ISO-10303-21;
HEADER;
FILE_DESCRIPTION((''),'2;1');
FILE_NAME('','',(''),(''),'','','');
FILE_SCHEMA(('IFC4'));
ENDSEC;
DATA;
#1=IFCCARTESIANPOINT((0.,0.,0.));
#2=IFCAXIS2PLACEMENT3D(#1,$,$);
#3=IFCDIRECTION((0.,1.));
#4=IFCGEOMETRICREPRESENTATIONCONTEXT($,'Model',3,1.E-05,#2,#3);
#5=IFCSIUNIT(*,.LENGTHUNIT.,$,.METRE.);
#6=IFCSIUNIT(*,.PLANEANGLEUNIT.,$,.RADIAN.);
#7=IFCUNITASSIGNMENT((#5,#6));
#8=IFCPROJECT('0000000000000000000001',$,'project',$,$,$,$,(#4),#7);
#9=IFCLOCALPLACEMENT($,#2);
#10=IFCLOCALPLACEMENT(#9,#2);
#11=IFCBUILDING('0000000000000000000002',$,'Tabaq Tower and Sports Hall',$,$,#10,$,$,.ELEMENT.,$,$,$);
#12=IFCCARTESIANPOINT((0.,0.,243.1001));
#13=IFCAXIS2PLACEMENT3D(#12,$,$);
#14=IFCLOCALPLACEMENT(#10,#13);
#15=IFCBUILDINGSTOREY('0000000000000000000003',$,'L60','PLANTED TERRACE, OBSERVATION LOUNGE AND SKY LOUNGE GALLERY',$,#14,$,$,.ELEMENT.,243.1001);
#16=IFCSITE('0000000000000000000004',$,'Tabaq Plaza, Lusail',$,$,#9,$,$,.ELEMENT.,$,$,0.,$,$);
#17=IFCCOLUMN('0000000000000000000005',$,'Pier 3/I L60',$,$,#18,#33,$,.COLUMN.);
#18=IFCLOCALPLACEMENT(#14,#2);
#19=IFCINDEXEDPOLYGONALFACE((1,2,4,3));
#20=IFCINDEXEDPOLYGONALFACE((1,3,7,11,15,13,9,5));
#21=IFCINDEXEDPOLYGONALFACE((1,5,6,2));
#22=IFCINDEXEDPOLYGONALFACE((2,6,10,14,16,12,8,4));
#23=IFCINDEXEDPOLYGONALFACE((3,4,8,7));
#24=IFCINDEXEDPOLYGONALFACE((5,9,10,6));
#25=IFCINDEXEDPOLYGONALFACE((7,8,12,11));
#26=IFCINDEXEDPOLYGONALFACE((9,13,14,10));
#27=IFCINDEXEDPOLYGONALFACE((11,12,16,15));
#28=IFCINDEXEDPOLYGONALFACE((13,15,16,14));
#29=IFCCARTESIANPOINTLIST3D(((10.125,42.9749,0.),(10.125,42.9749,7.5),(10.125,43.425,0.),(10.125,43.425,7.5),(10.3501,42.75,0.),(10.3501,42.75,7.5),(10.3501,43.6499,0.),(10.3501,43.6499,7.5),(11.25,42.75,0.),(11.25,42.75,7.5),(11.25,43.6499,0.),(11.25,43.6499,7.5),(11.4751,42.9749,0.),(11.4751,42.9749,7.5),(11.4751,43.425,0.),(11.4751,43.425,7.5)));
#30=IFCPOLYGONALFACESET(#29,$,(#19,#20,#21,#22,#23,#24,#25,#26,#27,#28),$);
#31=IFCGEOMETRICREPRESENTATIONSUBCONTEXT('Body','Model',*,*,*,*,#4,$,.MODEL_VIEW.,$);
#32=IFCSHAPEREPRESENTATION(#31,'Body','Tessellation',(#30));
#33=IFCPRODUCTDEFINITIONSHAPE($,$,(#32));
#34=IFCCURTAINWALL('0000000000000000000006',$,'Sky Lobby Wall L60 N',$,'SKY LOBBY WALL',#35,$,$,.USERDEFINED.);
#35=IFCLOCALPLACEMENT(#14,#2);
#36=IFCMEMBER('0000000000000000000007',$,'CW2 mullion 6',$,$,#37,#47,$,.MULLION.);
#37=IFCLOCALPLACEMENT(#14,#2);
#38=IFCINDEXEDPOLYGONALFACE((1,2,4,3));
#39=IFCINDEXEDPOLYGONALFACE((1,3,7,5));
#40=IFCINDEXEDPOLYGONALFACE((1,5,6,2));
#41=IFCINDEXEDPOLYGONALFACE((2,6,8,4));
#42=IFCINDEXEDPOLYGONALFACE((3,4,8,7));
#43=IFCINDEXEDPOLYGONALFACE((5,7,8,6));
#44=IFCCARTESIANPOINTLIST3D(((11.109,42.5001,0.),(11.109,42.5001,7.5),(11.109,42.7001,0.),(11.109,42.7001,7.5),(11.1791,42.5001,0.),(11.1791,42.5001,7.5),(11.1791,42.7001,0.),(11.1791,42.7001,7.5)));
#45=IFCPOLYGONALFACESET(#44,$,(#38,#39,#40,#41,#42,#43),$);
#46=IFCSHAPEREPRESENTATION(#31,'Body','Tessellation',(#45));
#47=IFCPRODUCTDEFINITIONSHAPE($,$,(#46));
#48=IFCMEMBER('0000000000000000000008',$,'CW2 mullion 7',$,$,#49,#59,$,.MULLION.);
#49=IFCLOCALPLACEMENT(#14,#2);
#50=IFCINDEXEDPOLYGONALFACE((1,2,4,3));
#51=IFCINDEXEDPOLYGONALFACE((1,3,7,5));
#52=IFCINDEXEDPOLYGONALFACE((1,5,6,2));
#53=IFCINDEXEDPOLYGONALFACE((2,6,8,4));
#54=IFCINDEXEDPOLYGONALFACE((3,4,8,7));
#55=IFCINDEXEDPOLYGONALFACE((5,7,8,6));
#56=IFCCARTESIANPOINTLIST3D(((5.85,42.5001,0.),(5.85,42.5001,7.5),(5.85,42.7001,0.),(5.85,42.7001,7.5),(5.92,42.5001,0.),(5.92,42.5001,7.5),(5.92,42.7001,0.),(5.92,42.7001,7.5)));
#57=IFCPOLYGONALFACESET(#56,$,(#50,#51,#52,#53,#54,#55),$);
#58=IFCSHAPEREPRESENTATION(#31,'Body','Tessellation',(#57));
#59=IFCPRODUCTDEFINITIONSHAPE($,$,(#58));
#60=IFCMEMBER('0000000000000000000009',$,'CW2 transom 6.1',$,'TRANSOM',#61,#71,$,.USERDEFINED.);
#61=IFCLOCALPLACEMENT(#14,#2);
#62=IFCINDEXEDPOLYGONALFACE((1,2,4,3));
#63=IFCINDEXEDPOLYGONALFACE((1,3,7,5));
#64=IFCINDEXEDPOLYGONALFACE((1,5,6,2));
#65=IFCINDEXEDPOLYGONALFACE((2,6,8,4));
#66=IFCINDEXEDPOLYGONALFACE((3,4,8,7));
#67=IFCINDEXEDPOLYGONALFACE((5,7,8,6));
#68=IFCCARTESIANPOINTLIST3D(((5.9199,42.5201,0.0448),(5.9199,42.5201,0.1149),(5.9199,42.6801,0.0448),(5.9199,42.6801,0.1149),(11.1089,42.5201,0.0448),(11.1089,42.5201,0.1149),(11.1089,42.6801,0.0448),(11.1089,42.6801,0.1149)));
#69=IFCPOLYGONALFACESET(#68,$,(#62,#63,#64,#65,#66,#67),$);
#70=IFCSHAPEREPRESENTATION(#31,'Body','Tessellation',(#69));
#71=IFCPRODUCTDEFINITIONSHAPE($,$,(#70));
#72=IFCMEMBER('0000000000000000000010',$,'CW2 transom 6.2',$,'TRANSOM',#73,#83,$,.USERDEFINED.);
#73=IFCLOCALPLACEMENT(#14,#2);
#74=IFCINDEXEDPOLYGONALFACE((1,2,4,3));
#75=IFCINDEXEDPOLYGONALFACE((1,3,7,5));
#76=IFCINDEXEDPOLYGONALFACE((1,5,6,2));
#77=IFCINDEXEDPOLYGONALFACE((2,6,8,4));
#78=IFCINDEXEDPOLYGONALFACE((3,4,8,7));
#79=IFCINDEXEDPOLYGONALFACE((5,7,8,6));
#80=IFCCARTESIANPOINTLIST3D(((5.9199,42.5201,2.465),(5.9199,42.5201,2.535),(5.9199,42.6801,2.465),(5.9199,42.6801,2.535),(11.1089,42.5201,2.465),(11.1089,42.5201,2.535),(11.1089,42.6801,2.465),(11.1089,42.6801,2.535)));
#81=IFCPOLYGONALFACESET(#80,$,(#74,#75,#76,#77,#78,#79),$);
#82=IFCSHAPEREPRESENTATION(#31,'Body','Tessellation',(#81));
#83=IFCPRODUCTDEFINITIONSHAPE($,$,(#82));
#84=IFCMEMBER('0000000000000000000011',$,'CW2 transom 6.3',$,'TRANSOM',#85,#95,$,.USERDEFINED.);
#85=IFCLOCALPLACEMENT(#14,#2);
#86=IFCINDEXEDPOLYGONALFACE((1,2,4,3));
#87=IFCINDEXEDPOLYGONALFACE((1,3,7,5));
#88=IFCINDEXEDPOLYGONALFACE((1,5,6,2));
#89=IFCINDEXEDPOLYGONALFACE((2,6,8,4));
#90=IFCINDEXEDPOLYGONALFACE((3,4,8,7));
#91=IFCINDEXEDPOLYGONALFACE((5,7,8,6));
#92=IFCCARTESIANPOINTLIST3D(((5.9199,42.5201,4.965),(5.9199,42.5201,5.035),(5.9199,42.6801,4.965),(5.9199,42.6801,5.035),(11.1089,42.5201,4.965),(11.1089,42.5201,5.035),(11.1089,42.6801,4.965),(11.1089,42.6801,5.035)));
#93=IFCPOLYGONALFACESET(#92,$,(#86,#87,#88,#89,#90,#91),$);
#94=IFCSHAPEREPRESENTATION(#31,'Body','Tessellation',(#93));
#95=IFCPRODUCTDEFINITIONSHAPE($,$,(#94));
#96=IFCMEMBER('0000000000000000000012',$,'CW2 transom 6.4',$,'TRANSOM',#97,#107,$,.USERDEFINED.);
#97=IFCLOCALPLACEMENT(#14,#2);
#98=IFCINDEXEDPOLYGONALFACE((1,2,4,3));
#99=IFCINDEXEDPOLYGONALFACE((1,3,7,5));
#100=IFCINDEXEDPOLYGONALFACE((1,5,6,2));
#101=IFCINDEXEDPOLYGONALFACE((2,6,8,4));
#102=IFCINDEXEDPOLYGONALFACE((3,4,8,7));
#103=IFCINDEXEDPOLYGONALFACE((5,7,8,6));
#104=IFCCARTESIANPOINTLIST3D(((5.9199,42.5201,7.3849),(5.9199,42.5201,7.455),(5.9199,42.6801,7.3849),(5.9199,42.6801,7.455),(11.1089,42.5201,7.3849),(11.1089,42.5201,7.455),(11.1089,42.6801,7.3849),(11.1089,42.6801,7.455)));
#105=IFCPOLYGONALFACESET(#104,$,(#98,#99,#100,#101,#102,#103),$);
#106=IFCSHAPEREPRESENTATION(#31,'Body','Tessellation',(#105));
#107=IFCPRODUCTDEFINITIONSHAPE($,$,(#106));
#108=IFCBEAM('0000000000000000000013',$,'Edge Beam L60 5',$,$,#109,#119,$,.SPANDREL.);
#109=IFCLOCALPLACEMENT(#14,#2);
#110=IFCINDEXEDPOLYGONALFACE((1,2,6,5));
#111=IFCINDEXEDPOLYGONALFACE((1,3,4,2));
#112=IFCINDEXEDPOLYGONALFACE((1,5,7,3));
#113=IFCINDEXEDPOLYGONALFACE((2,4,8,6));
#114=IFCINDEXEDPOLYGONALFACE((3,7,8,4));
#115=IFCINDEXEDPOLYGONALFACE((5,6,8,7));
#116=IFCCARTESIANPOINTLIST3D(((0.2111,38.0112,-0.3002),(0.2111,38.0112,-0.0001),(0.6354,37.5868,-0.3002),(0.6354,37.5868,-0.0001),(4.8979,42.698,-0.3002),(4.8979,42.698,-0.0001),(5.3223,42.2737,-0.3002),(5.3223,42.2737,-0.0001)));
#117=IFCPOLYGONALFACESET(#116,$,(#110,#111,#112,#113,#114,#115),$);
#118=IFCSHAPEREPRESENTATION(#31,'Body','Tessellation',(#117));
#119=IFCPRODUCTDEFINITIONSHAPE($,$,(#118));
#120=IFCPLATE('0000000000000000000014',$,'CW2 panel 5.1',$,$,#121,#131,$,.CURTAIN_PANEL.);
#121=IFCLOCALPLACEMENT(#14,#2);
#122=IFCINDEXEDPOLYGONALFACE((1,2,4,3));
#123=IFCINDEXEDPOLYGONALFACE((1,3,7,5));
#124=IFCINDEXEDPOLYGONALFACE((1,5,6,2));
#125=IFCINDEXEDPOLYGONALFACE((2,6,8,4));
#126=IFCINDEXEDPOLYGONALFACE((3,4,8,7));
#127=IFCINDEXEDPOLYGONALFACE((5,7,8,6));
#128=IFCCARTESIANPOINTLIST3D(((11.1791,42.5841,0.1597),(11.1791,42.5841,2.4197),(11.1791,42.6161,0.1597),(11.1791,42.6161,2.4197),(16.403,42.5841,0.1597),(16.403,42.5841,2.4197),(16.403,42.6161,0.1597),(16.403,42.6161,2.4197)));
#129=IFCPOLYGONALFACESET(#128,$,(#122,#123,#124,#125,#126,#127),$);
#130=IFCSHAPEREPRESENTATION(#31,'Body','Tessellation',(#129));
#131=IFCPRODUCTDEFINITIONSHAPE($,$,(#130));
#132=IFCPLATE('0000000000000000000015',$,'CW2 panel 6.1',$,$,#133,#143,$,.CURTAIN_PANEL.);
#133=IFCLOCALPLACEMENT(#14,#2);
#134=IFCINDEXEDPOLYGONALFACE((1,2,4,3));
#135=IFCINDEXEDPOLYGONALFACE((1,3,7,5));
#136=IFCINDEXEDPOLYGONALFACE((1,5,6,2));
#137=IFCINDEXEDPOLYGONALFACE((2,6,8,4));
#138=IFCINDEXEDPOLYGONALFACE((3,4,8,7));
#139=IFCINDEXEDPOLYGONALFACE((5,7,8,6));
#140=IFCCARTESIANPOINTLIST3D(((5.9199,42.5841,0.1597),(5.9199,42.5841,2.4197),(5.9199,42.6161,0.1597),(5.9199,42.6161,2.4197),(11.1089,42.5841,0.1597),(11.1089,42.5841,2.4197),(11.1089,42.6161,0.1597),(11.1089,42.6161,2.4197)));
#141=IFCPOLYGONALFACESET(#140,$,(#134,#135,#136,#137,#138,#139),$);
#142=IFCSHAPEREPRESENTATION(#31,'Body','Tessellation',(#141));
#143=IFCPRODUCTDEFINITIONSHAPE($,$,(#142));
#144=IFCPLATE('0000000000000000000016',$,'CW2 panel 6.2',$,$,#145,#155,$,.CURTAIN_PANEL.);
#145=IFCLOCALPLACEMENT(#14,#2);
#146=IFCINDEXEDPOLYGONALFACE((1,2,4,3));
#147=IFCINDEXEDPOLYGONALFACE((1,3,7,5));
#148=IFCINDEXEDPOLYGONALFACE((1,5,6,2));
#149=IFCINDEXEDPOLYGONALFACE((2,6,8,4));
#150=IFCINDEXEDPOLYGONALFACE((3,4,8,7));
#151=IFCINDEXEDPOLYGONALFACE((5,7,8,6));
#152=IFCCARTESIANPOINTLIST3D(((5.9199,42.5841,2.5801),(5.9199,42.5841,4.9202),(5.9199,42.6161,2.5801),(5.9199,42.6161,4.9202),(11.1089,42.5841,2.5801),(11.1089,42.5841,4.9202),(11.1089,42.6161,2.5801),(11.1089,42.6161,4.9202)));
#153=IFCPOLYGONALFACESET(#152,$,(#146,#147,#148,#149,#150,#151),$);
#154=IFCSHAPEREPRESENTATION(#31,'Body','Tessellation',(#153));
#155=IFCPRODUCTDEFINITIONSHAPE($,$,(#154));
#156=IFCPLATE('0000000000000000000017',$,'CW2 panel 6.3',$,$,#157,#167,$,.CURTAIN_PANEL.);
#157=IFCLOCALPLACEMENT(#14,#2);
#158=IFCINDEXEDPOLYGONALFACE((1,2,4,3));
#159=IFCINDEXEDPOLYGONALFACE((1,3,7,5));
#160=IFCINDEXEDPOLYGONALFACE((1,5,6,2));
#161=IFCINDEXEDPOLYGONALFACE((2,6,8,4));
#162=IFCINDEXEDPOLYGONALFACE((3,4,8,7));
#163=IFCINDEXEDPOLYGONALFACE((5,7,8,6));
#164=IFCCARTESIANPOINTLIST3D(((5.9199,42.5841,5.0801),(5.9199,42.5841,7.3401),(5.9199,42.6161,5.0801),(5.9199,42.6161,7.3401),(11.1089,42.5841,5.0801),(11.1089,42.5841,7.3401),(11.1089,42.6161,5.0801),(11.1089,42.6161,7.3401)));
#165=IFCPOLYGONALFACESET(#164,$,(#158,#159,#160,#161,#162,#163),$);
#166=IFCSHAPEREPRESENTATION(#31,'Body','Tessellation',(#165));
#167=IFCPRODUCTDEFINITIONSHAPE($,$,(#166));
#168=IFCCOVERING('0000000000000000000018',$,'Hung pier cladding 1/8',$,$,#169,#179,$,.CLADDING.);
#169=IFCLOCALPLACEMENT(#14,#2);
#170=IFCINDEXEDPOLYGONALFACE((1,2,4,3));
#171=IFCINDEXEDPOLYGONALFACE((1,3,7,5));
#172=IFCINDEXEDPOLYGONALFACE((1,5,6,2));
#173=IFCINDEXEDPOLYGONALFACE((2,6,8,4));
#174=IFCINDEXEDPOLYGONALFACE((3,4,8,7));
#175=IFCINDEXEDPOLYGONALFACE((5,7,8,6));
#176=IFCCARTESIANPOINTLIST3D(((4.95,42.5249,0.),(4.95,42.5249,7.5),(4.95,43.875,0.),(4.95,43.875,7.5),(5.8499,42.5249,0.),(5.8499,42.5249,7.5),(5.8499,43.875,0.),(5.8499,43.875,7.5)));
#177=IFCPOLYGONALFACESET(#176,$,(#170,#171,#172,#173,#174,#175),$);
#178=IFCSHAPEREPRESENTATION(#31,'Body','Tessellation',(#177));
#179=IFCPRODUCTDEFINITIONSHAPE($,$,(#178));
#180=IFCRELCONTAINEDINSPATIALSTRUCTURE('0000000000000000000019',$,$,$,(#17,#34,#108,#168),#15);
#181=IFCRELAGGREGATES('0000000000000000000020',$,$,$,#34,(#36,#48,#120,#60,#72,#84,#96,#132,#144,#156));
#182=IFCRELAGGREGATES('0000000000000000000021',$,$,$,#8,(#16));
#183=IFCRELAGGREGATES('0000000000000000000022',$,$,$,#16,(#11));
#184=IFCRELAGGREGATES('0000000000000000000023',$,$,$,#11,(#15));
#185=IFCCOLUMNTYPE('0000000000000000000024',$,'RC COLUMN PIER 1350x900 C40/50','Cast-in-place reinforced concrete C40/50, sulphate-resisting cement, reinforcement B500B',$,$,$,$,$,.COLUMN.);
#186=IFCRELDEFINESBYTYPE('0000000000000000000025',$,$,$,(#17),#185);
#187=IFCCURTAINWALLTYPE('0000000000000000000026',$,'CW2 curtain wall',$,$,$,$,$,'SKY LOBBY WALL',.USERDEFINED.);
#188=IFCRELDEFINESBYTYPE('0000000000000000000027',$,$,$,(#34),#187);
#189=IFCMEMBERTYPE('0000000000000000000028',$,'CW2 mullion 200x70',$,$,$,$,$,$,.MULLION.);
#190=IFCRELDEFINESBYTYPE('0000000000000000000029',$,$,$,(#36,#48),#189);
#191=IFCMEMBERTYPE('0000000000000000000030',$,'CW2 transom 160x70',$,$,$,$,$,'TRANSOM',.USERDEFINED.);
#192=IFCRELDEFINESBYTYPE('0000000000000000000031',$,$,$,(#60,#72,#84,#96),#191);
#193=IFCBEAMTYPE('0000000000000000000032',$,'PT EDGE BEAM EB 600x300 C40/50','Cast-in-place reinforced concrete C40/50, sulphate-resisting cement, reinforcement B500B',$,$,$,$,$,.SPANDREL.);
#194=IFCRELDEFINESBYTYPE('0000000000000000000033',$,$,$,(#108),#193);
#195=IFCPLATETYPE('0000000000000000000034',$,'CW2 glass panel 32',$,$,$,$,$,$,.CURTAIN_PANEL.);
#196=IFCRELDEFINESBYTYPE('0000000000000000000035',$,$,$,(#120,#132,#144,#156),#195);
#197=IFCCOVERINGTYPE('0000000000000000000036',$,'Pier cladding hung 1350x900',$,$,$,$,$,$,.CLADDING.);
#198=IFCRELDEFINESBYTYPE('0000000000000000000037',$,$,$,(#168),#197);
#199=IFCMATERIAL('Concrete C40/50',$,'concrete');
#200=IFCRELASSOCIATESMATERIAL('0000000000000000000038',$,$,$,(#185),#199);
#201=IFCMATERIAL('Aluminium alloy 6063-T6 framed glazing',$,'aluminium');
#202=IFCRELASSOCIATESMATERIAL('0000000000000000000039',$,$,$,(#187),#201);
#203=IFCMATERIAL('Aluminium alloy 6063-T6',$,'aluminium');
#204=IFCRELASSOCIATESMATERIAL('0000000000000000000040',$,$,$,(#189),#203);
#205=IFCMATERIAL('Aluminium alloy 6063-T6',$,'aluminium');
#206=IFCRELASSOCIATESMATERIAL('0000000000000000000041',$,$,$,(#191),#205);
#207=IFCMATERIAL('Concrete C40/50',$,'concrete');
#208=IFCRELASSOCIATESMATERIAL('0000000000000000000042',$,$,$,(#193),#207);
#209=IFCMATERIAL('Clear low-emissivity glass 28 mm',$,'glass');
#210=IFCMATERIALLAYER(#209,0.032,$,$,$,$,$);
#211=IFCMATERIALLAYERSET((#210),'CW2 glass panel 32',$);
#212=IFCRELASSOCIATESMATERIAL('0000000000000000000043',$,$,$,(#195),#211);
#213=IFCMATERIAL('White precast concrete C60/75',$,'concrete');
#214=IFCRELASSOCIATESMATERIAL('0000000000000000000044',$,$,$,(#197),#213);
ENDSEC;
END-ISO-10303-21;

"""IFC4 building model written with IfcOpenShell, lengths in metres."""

from ifc_helpers import new_model, si_unit, direction, frame, frame_2d, origin, origin_2d, place, context, subcontext, project, spatial, polyline, rectangle, outline, extrude, material, layer, layer_set, material_profile, profile_set, type_object, element, aggregate, save


model = new_model("IFC4")

# Units and contexts
model_context = context("Model", 3, precision=1e-05, world=origin(), true_north=direction((0.0, 1.0)))
body_context = subcontext(model_context, "Body", "Model", "MODEL_VIEW")
ifc_project = project(units=[si_unit("LENGTHUNIT", "METRE"), si_unit("PLANEANGLEUNIT", "RADIAN")], contexts=[model_context])

# Site, building, storey
site_placement = place(None, origin())
site = spatial("IfcSite", under=ifc_project, at=site_placement, Name="Tabaq Plaza, Lusail", CompositionType="ELEMENT", RefElevation=0.0)
building_placement = place(site_placement, origin())
building = spatial("IfcBuilding", under=site, at=building_placement, Name="Tabaq Tower and Sports Hall", CompositionType="ELEMENT")
storey_placement = place(building_placement, frame((0.0, 0.0, 243.1001)))
storey = spatial("IfcBuildingStorey", under=building, at=storey_placement, Name="L60", Description="PLANTED TERRACE, OBSERVATION LOUNGE AND SKY LOUNGE GALLERY", CompositionType="ELEMENT", Elevation=243.1001)

# Column
ifc_material_1 = material(Name="Concrete C40/50", Category="concrete")
ifc_material_profile_1 = material_profile(ifc_material_1, outline(polyline([(-0.45, -0.45), (0.45, -0.45), (0.675, -0.2251), (0.675, 0.2251), (0.45, 0.45), (-0.45, 0.45), (-0.675, 0.2251), (-0.675, -0.2251), (-0.45, -0.45)])), Name="PIER 1350x900")
ifc_profile_set_1 = profile_set([ifc_material_profile_1], Name="Concrete C40/50")
column_type = type_object("IfcColumnType", Name="RC COLUMN PIER 1350x900 C40/50", Description="Cast-in-place reinforced concrete C40/50, sulphate-resisting cement, reinforcement B500B", PredefinedType="COLUMN", material=ifc_profile_set_1)
column_placement = place(storey_placement, frame((10.8, 43.2, 0.0), z_axis=(0.0, 0.0, 1.0), x_axis=(1.0, 0.0, 0.0)))
element("IfcColumn", 1, at=column_placement, inside=storey, type_object=column_type, Name="Pier 3/I L60", PredefinedType="COLUMN", context=body_context, shape_type="SweptSolid", body=[
    extrude(outline(polyline([(-0.45, -0.45), (0.45, -0.45), (0.675, -0.2251), (0.675, 0.2251), (0.45, 0.45), (-0.45, 0.45), (-0.675, 0.2251), (-0.675, -0.2251), (-0.45, -0.45)])), origin(), (0.0, 0.0, 1.0), 7.5),
])

# Curtain wall, members
ifc_material_2 = material(Name="Aluminium alloy 6063-T6 framed glazing", Category="aluminium")
curtain_wall_type = type_object("IfcCurtainWallType", Name="CW2 curtain wall", ElementType="SKY LOBBY WALL", PredefinedType="USERDEFINED", material=ifc_material_2)
curtain_wall_placement = place(storey_placement, origin())
curtain_wall = element("IfcCurtainWall", 2, at=curtain_wall_placement, inside=storey, type_object=curtain_wall_type, Name="Sky Lobby Wall L60 N", ObjectType="SKY LOBBY WALL", PredefinedType="USERDEFINED")
ifc_material_3 = material(Name="Aluminium alloy 6063-T6", Category="aluminium")
ifc_material_profile_2 = material_profile(ifc_material_3, rectangle(XDim=0.2, YDim=0.0701, at=origin_2d()), Name="MULLION 200x70")
ifc_profile_set_2 = profile_set([ifc_material_profile_2], Name="Aluminium alloy 6063-T6")
member_type_1 = type_object("IfcMemberType", Name="CW2 mullion 200x70", PredefinedType="MULLION", material=ifc_profile_set_2)
member_1_placement = place(storey_placement, frame((11.144, 42.6001, 0.0), z_axis=(0.0, 0.0, 1.0), x_axis=(0.0, -1.0, 0.0)))
member_1 = element("IfcMember", 3, at=member_1_placement, type_object=member_type_1, Name="CW2 mullion 6", PredefinedType="MULLION", context=body_context, shape_type="SweptSolid", body=[
    extrude(rectangle(XDim=0.2, YDim=0.0701, at=origin_2d()), origin(), (0.0, 0.0, 1.0), 7.5),
])
member_2_placement = place(storey_placement, frame((5.885, 42.6001, 0.0), z_axis=(0.0, 0.0, 1.0), x_axis=(0.0, -1.0, 0.0)))
member_2 = element("IfcMember", 4, at=member_2_placement, type_object=member_type_1, Name="CW2 mullion 7", PredefinedType="MULLION", context=body_context, shape_type="SweptSolid", body=[
    extrude(rectangle(XDim=0.2, YDim=0.0701, at=origin_2d()), origin(), (0.0, 0.0, 1.0), 7.5),
])
ifc_material_4 = material(Name="Aluminium alloy 6063-T6", Category="aluminium")
ifc_material_profile_3 = material_profile(ifc_material_4, rectangle(XDim=0.1599, YDim=0.0701, at=origin_2d()), Name="TRANSOM 160x70")
ifc_profile_set_3 = profile_set([ifc_material_profile_3], Name="Aluminium alloy 6063-T6")
member_type_2 = type_object("IfcMemberType", Name="CW2 transom 160x70", ElementType="TRANSOM", PredefinedType="USERDEFINED", material=ifc_profile_set_3)
member_3_placement = place(storey_placement, frame((11.1089, 42.6001, 0.0798), z_axis=(-1.0, 0.0, 0.0), x_axis=(0.0, -1.0, 0.0)))
member_3 = element("IfcMember", 5, at=member_3_placement, type_object=member_type_2, Name="CW2 transom 6.1", ObjectType="TRANSOM", PredefinedType="USERDEFINED", context=body_context, shape_type="SweptSolid", body=[
    extrude(rectangle(XDim=0.1599, YDim=0.0701, at=origin_2d()), origin(), (0.0, 0.0, 1.0), 5.189),
])
member_4_placement = place(storey_placement, frame((11.1089, 42.6001, 2.5), z_axis=(-1.0, 0.0, 0.0), x_axis=(0.0, -1.0, 0.0)))
member_4 = element("IfcMember", 6, at=member_4_placement, type_object=member_type_2, Name="CW2 transom 6.2", ObjectType="TRANSOM", PredefinedType="USERDEFINED", context=body_context, shape_type="SweptSolid", body=[
    extrude(rectangle(XDim=0.1599, YDim=0.0701, at=origin_2d()), origin(), (0.0, 0.0, 1.0), 5.189),
])
member_5_placement = place(storey_placement, frame((11.1089, 42.6001, 5.0), z_axis=(-1.0, 0.0, 0.0), x_axis=(0.0, -1.0, 0.0)))
member_5 = element("IfcMember", 7, at=member_5_placement, type_object=member_type_2, Name="CW2 transom 6.3", ObjectType="TRANSOM", PredefinedType="USERDEFINED", context=body_context, shape_type="SweptSolid", body=[
    extrude(rectangle(XDim=0.1599, YDim=0.0701, at=origin_2d()), origin(), (0.0, 0.0, 1.0), 5.189),
])
member_6_placement = place(storey_placement, frame((11.1089, 42.6001, 7.4199), z_axis=(-1.0, 0.0, 0.0), x_axis=(0.0, -1.0, 0.0)))
member_6 = element("IfcMember", 8, at=member_6_placement, type_object=member_type_2, Name="CW2 transom 6.4", ObjectType="TRANSOM", PredefinedType="USERDEFINED", context=body_context, shape_type="SweptSolid", body=[
    extrude(rectangle(XDim=0.1599, YDim=0.0701, at=origin_2d()), origin(), (0.0, 0.0, 1.0), 5.189),
])

# Beam
ifc_material_5 = material(Name="Concrete C40/50", Category="concrete")
ifc_material_profile_4 = material_profile(ifc_material_5, rectangle(XDim=0.6001, YDim=0.3, at=origin_2d()), Name="EB 600x300")
ifc_profile_set_4 = profile_set([ifc_material_profile_4], Name="Concrete C40/50")
beam_type = type_object("IfcBeamType", Name="PT EDGE BEAM EB 600x300 C40/50", Description="Cast-in-place reinforced concrete C40/50, sulphate-resisting cement, reinforcement B500B", PredefinedType="SPANDREL", material=ifc_profile_set_4)
beam_placement = place(storey_placement, frame((5.1101, 42.4858, -0.1501), z_axis=(-0.707107, -0.707107, 0.0), x_axis=(0.707107, -0.707107, 0.0)))
element("IfcBeam", 9, at=beam_placement, inside=storey, type_object=beam_type, Name="Edge Beam L60 5", PredefinedType="SPANDREL", context=body_context, shape_type="SweptSolid", body=[
    extrude(rectangle(XDim=0.6001, YDim=0.3, at=origin_2d()), origin(), (0.0, 0.0, 1.0), 6.6282),
])

# Plates
ifc_material_6 = material(Name="Clear low-emissivity glass 28 mm", Category="glass")
ifc_layer_1 = layer(ifc_material_6, 0.032)
ifc_layer_set_1 = layer_set([ifc_layer_1], Name="CW2 glass panel 32")
plate_type = type_object("IfcPlateType", Name="CW2 glass panel 32", PredefinedType="CURTAIN_PANEL", material=ifc_layer_set_1)
plate_1_placement = place(storey_placement, frame((13.791, 42.6001, 0.1597), z_axis=(0.0, 0.0, 1.0), x_axis=(-1.0, 0.0, 0.0)))
plate_1 = element("IfcPlate", 10, at=plate_1_placement, type_object=plate_type, Name="CW2 panel 5.1", PredefinedType="CURTAIN_PANEL", context=body_context, shape_type="SweptSolid", body=[
    extrude(rectangle(XDim=5.2239, YDim=0.032, at=origin_2d()), origin(), (0.0, 0.0, 1.0), 2.26),
])
plate_2_placement = place(storey_placement, frame((8.5144, 42.6001, 0.1597), z_axis=(0.0, 0.0, 1.0), x_axis=(-1.0, 0.0, 0.0)))
plate_2 = element("IfcPlate", 11, at=plate_2_placement, type_object=plate_type, Name="CW2 panel 6.1", PredefinedType="CURTAIN_PANEL", context=body_context, shape_type="SweptSolid", body=[
    extrude(rectangle(XDim=5.189, YDim=0.032, at=origin_2d()), origin(), (0.0, 0.0, 1.0), 2.26),
])
plate_3_placement = place(storey_placement, frame((8.5144, 42.6001, 2.5801), z_axis=(0.0, 0.0, 1.0), x_axis=(-1.0, 0.0, 0.0)))
plate_3 = element("IfcPlate", 12, at=plate_3_placement, type_object=plate_type, Name="CW2 panel 6.2", PredefinedType="CURTAIN_PANEL", context=body_context, shape_type="SweptSolid", body=[
    extrude(rectangle(XDim=5.189, YDim=0.032, at=origin_2d()), origin(), (0.0, 0.0, 1.0), 2.3401),
])
plate_4_placement = place(storey_placement, frame((8.5144, 42.6001, 5.0801), z_axis=(0.0, 0.0, 1.0), x_axis=(-1.0, 0.0, 0.0)))
plate_4 = element("IfcPlate", 13, at=plate_4_placement, type_object=plate_type, Name="CW2 panel 6.3", PredefinedType="CURTAIN_PANEL", context=body_context, shape_type="SweptSolid", body=[
    extrude(rectangle(XDim=5.189, YDim=0.032, at=origin_2d()), origin(), (0.0, 0.0, 1.0), 2.26),
])
aggregate(curtain_wall, [member_1, member_2, plate_1, member_3, member_4, member_5, member_6, plate_2, plate_3, plate_4])

# Covering
ifc_material_7 = material(Name="White precast concrete C60/75", Category="concrete")
covering_type_1 = type_object("IfcCoveringType", Name="Pier cladding hung 1350x900", PredefinedType="CLADDING", material=ifc_material_7)
covering_1_placement = place(storey_placement, frame((5.3999, 43.875, 0.0), z_axis=(0.0, 0.0, 1.0), x_axis=(0.0, -1.0, 0.0)))
element("IfcCovering", 14, at=covering_1_placement, inside=storey, type_object=covering_type_1, Name="Hung pier cladding 1/8", PredefinedType="CLADDING", context=body_context, shape_type="SweptSolid", body=[
    extrude(rectangle(XDim=1.3501, YDim=0.8999, at=frame_2d((0.675, 0.0))), origin(), (0.0, 0.0, 1.0), 7.5),
])

save(model, "model.ifc")
